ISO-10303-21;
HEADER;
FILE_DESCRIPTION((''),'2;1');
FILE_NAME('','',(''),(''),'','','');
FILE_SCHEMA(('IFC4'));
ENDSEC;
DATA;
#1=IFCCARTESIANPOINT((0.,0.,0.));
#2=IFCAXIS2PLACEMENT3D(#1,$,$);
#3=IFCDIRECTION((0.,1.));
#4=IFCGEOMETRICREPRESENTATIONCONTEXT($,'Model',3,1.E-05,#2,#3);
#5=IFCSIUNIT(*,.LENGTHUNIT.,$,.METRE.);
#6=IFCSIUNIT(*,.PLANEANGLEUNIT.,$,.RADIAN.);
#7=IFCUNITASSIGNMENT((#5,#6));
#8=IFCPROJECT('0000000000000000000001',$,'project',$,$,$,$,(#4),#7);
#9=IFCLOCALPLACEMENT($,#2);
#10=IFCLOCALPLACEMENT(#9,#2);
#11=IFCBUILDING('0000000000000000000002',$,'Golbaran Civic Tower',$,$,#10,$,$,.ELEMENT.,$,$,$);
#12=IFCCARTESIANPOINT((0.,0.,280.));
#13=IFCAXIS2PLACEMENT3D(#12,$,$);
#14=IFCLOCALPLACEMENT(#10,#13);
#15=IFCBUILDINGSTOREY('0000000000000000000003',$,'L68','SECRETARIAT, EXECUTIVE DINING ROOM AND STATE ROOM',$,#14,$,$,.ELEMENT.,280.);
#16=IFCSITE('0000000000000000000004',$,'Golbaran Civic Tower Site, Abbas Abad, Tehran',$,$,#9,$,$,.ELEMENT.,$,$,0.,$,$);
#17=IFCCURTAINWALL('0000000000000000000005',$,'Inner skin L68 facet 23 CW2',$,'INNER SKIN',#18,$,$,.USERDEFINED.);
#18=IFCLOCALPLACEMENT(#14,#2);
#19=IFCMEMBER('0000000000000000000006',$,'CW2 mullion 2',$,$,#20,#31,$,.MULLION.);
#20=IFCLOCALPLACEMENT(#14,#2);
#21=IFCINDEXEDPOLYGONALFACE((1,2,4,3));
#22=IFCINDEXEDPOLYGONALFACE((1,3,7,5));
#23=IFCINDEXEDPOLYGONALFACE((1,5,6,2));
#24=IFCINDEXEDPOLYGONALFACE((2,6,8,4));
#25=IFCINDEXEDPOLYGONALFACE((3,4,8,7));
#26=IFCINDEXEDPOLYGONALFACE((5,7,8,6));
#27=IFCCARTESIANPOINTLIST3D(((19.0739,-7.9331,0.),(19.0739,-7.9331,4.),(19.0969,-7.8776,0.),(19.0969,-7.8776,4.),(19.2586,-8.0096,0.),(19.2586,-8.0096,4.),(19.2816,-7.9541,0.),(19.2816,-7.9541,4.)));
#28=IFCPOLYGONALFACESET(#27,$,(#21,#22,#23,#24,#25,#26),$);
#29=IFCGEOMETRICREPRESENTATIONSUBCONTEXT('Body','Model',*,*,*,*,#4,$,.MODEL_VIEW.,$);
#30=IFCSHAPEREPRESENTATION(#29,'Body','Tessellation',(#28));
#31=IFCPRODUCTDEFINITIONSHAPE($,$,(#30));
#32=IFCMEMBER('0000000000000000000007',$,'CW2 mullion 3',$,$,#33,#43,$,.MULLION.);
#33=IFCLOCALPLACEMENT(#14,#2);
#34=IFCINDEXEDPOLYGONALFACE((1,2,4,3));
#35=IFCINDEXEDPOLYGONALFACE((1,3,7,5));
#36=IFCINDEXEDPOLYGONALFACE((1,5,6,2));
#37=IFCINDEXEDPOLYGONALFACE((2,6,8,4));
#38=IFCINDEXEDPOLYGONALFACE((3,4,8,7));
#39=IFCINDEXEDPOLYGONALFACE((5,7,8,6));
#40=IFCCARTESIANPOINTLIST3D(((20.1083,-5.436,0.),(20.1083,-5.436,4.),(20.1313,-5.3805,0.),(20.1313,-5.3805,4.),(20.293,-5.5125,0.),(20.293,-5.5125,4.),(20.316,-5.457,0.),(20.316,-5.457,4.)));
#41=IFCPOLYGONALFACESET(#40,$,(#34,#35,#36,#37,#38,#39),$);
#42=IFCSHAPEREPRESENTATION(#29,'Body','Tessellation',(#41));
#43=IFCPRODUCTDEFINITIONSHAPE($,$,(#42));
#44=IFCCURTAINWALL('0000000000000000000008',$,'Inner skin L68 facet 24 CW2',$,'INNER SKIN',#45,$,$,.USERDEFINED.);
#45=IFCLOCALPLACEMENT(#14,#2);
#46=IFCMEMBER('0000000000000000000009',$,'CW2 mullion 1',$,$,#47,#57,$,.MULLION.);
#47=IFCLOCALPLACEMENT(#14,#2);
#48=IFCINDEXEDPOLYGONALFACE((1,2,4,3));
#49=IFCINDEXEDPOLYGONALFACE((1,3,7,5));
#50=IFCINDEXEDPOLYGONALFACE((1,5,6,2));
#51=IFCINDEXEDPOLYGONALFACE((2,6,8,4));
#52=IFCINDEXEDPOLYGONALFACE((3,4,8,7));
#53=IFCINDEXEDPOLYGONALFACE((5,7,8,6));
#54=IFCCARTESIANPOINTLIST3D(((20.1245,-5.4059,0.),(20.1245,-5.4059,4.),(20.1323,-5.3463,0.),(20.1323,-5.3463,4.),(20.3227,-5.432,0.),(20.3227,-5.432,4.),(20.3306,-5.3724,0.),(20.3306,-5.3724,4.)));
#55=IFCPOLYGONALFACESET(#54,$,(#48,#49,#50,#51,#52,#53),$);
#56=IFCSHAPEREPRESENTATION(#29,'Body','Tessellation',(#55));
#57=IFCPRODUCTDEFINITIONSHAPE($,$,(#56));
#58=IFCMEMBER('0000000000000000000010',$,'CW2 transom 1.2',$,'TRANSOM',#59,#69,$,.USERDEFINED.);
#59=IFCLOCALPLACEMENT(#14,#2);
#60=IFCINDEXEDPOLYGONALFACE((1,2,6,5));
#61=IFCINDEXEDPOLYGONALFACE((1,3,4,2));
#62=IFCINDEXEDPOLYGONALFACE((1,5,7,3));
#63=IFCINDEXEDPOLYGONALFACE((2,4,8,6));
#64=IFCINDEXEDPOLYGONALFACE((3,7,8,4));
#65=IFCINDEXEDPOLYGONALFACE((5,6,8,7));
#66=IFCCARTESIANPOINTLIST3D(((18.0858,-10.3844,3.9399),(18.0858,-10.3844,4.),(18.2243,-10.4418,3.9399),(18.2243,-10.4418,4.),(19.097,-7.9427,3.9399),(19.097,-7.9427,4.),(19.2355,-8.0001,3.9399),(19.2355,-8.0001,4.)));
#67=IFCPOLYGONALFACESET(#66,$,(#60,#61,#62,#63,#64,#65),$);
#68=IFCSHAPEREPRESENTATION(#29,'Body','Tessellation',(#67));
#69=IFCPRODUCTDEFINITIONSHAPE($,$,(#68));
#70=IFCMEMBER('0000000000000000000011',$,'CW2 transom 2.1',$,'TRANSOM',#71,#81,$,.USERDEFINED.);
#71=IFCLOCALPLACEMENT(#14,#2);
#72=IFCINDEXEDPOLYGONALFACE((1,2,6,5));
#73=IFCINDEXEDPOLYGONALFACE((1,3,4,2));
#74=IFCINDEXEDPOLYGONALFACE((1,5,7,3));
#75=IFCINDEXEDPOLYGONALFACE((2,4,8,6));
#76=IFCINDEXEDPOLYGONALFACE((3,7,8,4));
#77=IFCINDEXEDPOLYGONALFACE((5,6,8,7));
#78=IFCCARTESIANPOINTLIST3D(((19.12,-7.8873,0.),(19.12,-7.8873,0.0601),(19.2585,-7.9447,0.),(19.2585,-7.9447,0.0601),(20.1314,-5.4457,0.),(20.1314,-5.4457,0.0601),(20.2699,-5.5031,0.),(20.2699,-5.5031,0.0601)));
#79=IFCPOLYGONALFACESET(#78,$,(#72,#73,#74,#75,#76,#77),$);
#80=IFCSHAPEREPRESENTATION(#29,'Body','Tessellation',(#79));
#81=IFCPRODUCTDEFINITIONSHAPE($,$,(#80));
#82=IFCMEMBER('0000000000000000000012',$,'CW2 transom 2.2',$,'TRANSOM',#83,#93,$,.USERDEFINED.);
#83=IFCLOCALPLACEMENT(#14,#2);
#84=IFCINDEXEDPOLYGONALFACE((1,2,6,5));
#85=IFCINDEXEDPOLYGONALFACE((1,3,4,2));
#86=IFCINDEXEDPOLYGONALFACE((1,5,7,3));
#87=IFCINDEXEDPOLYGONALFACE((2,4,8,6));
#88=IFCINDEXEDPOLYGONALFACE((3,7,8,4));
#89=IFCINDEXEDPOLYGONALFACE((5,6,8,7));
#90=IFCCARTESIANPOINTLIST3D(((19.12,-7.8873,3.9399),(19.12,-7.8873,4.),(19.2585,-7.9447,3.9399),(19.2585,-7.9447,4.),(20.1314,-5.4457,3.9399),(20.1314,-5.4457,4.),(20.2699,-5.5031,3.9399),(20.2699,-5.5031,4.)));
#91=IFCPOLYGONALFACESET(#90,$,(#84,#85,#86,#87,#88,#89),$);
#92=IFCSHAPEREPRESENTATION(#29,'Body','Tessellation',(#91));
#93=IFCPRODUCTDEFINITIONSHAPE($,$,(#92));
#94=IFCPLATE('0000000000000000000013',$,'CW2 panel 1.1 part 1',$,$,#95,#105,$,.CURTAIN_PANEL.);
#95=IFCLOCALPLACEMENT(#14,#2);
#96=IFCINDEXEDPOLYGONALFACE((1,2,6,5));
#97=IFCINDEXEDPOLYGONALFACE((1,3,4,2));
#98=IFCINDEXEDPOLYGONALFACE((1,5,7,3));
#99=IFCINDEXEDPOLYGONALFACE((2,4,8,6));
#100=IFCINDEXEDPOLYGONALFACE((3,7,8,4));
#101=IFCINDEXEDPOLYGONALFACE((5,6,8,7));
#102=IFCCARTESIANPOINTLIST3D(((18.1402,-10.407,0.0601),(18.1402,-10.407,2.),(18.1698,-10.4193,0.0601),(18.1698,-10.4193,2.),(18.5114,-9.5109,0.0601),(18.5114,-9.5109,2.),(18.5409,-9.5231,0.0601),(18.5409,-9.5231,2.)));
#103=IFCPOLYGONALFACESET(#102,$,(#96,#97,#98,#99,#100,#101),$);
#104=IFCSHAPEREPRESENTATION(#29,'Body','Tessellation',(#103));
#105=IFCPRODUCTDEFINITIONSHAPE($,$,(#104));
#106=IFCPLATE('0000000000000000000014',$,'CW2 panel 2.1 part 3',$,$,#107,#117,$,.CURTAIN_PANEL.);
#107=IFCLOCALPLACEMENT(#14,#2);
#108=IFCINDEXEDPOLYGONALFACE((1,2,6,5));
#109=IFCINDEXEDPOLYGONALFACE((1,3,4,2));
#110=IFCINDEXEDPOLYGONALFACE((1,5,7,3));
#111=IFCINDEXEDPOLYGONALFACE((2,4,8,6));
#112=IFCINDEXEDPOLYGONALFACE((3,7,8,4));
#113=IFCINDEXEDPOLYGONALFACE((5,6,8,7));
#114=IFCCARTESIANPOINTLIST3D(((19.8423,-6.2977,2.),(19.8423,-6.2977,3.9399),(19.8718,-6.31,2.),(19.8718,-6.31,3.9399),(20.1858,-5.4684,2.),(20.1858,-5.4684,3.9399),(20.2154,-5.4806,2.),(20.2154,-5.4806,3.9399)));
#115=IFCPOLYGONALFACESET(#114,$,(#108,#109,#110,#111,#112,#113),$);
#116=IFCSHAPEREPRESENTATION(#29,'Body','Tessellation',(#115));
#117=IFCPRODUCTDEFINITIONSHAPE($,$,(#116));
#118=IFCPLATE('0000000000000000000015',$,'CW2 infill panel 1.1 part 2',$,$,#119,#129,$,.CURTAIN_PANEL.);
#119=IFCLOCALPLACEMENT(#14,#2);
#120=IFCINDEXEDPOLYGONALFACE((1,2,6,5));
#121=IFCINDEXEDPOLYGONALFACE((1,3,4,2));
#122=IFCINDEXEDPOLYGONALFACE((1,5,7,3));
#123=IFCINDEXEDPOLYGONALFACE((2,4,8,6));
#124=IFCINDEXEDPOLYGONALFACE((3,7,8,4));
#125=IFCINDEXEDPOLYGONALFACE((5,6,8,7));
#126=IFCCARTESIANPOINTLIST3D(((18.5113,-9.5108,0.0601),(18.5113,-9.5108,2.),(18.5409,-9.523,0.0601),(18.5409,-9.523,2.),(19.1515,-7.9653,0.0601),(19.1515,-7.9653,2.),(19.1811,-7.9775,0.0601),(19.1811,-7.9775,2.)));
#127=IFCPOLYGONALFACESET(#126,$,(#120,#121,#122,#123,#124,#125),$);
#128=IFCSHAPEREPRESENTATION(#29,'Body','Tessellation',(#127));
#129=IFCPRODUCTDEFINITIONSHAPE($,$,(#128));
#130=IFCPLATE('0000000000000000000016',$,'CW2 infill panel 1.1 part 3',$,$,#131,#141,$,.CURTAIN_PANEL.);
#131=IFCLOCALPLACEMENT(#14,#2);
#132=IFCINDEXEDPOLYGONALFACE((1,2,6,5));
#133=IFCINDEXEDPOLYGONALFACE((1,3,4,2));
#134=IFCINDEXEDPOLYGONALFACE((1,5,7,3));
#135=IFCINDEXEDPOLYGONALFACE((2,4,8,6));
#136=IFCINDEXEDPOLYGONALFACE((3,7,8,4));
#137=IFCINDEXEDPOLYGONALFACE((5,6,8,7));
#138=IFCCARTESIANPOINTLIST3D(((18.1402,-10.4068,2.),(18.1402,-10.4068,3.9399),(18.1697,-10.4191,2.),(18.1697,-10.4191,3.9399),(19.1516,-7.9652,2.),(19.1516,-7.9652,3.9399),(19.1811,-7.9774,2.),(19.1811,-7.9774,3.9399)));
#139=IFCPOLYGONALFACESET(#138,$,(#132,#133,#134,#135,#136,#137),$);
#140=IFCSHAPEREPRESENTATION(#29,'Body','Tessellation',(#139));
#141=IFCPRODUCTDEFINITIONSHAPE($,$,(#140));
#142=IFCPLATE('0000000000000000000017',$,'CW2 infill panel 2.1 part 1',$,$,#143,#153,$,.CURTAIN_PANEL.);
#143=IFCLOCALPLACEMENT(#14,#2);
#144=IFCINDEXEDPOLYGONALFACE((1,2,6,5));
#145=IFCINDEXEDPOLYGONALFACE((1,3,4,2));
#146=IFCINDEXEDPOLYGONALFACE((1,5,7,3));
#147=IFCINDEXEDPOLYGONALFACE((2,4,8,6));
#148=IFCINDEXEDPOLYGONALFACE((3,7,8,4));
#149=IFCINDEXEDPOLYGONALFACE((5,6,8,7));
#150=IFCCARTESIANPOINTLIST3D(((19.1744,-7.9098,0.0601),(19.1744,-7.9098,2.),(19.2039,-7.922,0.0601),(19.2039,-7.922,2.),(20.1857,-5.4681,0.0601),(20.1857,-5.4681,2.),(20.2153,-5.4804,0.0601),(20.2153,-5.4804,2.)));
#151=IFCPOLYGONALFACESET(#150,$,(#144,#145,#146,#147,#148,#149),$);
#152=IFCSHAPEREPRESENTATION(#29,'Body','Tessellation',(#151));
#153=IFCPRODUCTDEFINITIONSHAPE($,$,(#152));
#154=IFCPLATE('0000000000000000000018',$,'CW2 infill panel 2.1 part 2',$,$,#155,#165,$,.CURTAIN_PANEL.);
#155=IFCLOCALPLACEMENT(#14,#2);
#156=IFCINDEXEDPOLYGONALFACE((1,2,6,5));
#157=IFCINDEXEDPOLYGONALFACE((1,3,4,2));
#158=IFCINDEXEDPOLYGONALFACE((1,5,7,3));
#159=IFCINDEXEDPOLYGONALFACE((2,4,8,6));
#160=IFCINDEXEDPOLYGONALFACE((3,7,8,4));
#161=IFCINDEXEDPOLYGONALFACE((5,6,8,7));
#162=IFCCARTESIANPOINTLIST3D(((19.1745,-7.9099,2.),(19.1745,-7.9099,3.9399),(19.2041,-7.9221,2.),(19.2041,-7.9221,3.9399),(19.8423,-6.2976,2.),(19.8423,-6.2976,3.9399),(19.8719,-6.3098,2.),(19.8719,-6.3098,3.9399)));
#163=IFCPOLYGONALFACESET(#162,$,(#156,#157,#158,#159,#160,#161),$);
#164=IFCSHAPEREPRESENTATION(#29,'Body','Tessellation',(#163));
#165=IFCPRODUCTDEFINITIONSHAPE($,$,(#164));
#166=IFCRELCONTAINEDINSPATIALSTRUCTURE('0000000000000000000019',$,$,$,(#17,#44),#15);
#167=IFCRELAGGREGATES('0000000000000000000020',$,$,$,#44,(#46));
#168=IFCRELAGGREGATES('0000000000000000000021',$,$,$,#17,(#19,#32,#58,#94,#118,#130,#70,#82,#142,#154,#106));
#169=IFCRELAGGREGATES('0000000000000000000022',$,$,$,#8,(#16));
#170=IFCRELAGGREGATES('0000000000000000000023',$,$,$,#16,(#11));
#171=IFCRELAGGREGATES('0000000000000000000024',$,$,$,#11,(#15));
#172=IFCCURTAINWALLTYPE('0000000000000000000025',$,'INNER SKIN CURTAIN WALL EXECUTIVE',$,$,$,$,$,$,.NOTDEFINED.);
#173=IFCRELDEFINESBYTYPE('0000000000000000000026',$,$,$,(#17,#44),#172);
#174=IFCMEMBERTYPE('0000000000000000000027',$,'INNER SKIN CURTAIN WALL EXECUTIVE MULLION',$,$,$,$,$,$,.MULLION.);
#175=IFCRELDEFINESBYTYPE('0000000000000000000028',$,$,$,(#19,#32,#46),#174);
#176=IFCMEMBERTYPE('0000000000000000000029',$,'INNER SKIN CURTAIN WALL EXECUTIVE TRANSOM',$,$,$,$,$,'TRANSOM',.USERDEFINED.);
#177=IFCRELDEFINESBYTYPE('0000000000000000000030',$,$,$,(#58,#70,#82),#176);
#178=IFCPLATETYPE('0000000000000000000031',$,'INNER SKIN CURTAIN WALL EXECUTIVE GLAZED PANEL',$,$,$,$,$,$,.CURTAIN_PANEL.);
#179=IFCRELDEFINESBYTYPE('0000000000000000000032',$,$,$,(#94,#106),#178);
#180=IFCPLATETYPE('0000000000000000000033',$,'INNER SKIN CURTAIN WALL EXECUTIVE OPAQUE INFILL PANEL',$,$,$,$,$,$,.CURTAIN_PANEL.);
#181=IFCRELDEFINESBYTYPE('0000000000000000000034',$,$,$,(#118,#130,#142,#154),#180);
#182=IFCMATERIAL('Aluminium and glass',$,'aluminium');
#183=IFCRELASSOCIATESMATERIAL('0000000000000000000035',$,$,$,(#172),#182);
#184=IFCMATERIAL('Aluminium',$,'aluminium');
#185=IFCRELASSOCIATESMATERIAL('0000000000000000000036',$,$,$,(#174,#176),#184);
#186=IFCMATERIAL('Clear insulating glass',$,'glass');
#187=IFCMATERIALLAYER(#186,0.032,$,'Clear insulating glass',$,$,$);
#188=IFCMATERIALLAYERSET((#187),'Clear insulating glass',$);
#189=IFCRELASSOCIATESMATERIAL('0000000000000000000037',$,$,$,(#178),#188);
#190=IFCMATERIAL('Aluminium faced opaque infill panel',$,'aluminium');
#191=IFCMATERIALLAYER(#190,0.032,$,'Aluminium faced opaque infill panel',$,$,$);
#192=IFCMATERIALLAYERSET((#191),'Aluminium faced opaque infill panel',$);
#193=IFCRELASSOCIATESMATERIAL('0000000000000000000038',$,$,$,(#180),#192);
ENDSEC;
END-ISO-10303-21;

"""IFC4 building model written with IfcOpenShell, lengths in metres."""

from ifc_helpers import new_model, si_unit, direction, frame, origin, origin_2d, place, context, subcontext, project, spatial, rectangle, extrude, material, layer, layer_set, material_profile, profile_set, type_object, element, aggregate, save


model = new_model("IFC4")

# Units and contexts
model_context = context("Model", 3, precision=1e-05, world=origin(), true_north=direction((0.0, 1.0)))
body_context = subcontext(model_context, "Body", "Model", "MODEL_VIEW")
ifc_project = project(units=[si_unit("LENGTHUNIT", "METRE"), si_unit("PLANEANGLEUNIT", "RADIAN")], contexts=[model_context])

# Site, building, storey
site_placement = place(None, origin())
site = spatial("IfcSite", under=ifc_project, at=site_placement, Name="Golbaran Civic Tower Site, Abbas Abad, Tehran", CompositionType="ELEMENT", RefElevation=0.0)
building_placement = place(site_placement, origin())
building = spatial("IfcBuilding", under=site, at=building_placement, Name="Golbaran Civic Tower", CompositionType="ELEMENT")
storey_placement = place(building_placement, frame((0.0, 0.0, 280.0)))
storey = spatial("IfcBuildingStorey", under=building, at=storey_placement, Name="L68", Description="SECRETARIAT, EXECUTIVE DINING ROOM AND STATE ROOM", CompositionType="ELEMENT", Elevation=280.0)

# Curtain wall, members
ifc_material_1 = material(Name="Aluminium and glass", Category="aluminium")
curtain_wall_type = type_object("IfcCurtainWallType", Name="INNER SKIN CURTAIN WALL EXECUTIVE", PredefinedType="NOTDEFINED", material=ifc_material_1)
curtain_wall_1_placement = place(storey_placement, origin())
curtain_wall_1 = element("IfcCurtainWall", 1, at=curtain_wall_1_placement, inside=storey, type_object=curtain_wall_type, Name="Inner skin L68 facet 23 CW2", ObjectType="INNER SKIN", PredefinedType="USERDEFINED")
ifc_material_2 = material(Name="Aluminium", Category="aluminium")
ifc_material_profile_1 = material_profile(ifc_material_2, rectangle(XDim=0.2, YDim=0.0601, at=origin_2d()), Name="INNER SKIN CURTAIN WALL EXECUTIVE MULLION")
ifc_profile_set_1 = profile_set([ifc_material_profile_1], Name="Aluminium")
member_type_1 = type_object("IfcMemberType", Name="INNER SKIN CURTAIN WALL EXECUTIVE MULLION", PredefinedType="MULLION", material=ifc_profile_set_1)
member_1_placement = place(storey_placement, frame((19.1777, -7.9436, 0.0), z_axis=(0.0, 0.0, 1.0), x_axis=(-0.92388, 0.382683, 0.0)))
member_1 = element("IfcMember", 2, at=member_1_placement, type_object=member_type_1, Name="CW2 mullion 2", PredefinedType="MULLION", context=body_context, shape_type="SweptSolid", body=[
    extrude(rectangle(XDim=0.2, YDim=0.0601, at=origin_2d()), origin(), (0.0, 0.0, 1.0), 4.0),
])
member_2_placement = place(storey_placement, frame((20.2122, -5.4465, 0.0), z_axis=(0.0, 0.0, 1.0), x_axis=(-0.92388, 0.382683, 0.0)))
member_2 = element("IfcMember", 3, at=member_2_placement, type_object=member_type_1, Name="CW2 mullion 3", PredefinedType="MULLION", context=body_context, shape_type="SweptSolid", body=[
    extrude(rectangle(XDim=0.2, YDim=0.0601, at=origin_2d()), origin(), (0.0, 0.0, 1.0), 4.0),
])

# Curtain wall, member
curtain_wall_2_placement = place(storey_placement, origin())
curtain_wall_2 = element("IfcCurtainWall", 4, at=curtain_wall_2_placement, inside=storey, type_object=curtain_wall_type, Name="Inner skin L68 facet 24 CW2", ObjectType="INNER SKIN", PredefinedType="USERDEFINED")
member_3_placement = place(storey_placement, frame((20.2275, -5.3892, 0.0), z_axis=(0.0, 0.0, 1.0), x_axis=(-0.991445, 0.130526, 0.0)))
member_3 = element("IfcMember", 5, at=member_3_placement, type_object=member_type_1, Name="CW2 mullion 1", PredefinedType="MULLION", context=body_context, shape_type="SweptSolid", body=[
    extrude(rectangle(XDim=0.2, YDim=0.0601, at=origin_2d()), origin(), (0.0, 0.0, 1.0), 4.0),
])
aggregate(curtain_wall_2, [member_3])

# Members
ifc_material_profile_2 = material_profile(ifc_material_2, rectangle(XDim=0.1499, YDim=0.0601, at=origin_2d()), Name="INNER SKIN CURTAIN WALL EXECUTIVE TRANSOM")
ifc_profile_set_2 = profile_set([ifc_material_profile_2], Name="Aluminium")
member_type_2 = type_object("IfcMemberType", Name="INNER SKIN CURTAIN WALL EXECUTIVE TRANSOM", ElementType="TRANSOM", PredefinedType="USERDEFINED", material=ifc_profile_set_2)
member_4_placement = place(storey_placement, frame((18.155, -10.4131, 3.97), z_axis=(0.38264, 0.923897, 0.0), x_axis=(-0.923897, 0.38264, 0.0)))
member_4 = element("IfcMember", 6, at=member_4_placement, type_object=member_type_2, Name="CW2 transom 1.2", ObjectType="TRANSOM", PredefinedType="USERDEFINED", context=body_context, shape_type="SweptSolid", body=[
    extrude(rectangle(XDim=0.1499, YDim=0.0601, at=origin_2d()), origin(), (0.0, 0.0, 1.0), 2.6428),
])
member_5_placement = place(storey_placement, frame((19.1892, -7.916, 0.03), z_axis=(0.382719, 0.923865, 0.0), x_axis=(-0.923865, 0.382719, 0.0)))
member_5 = element("IfcMember", 7, at=member_5_placement, type_object=member_type_2, Name="CW2 transom 2.1", ObjectType="TRANSOM", PredefinedType="USERDEFINED", context=body_context, shape_type="SweptSolid", body=[
    extrude(rectangle(XDim=0.1499, YDim=0.0601, at=origin_2d()), origin(), (0.0, 0.0, 1.0), 2.6428),
])
member_6_placement = place(storey_placement, frame((19.1892, -7.916, 3.97), z_axis=(0.382719, 0.923865, 0.0), x_axis=(-0.923865, 0.382719, 0.0)))
member_6 = element("IfcMember", 8, at=member_6_placement, type_object=member_type_2, Name="CW2 transom 2.2", ObjectType="TRANSOM", PredefinedType="USERDEFINED", context=body_context, shape_type="SweptSolid", body=[
    extrude(rectangle(XDim=0.1499, YDim=0.0601, at=origin_2d()), origin(), (0.0, 0.0, 1.0), 2.6428),
])

# Plates
ifc_material_3 = material(Name="Clear insulating glass", Category="glass")
ifc_layer_1 = layer(ifc_material_3, 0.032, Name="Clear insulating glass")
ifc_layer_set_1 = layer_set([ifc_layer_1], Name="Clear insulating glass")
plate_type_1 = type_object("IfcPlateType", Name="INNER SKIN CURTAIN WALL EXECUTIVE GLAZED PANEL", PredefinedType="CURTAIN_PANEL", material=ifc_layer_set_1)
plate_1_placement = place(storey_placement, frame((18.3406, -9.9651, 0.0601), z_axis=(0.0, 0.0, 1.0), x_axis=(0.382683, 0.92388, 0.0)))
plate_1 = element("IfcPlate", 9, at=plate_1_placement, type_object=plate_type_1, Name="CW2 panel 1.1 part 1", PredefinedType="CURTAIN_PANEL", context=body_context, shape_type="SweptSolid", body=[
    extrude(rectangle(XDim=0.97, YDim=0.032, at=origin_2d()), origin(), (0.0, 0.0, 1.0), 1.9399),
])
plate_2_placement = place(storey_placement, frame((20.0288, -5.8892, 2.0), z_axis=(0.0, 0.0, 1.0), x_axis=(0.382683, 0.92388, 0.0)))
plate_2 = element("IfcPlate", 10, at=plate_2_placement, type_object=plate_type_1, Name="CW2 panel 2.1 part 3", PredefinedType="CURTAIN_PANEL", context=body_context, shape_type="SweptSolid", body=[
    extrude(rectangle(XDim=0.8977, YDim=0.032, at=origin_2d()), origin(), (0.0, 0.0, 1.0), 1.9399),
])
ifc_material_4 = material(Name="Aluminium faced opaque infill panel", Category="aluminium")
ifc_layer_2 = layer(ifc_material_4, 0.032, Name="Aluminium faced opaque infill panel")
ifc_layer_set_2 = layer_set([ifc_layer_2], Name="Aluminium faced opaque infill panel")
plate_type_2 = type_object("IfcPlateType", Name="INNER SKIN CURTAIN WALL EXECUTIVE OPAQUE INFILL PANEL", PredefinedType="CURTAIN_PANEL", material=ifc_layer_set_2)
plate_3_placement = place(storey_placement, frame((18.8462, -8.7441, 0.0601), z_axis=(0.0, 0.0, 1.0), x_axis=(0.382683, 0.92388, 0.0)))
plate_3 = element("IfcPlate", 11, at=plate_3_placement, type_object=plate_type_2, Name="CW2 infill panel 1.1 part 2", PredefinedType="CURTAIN_PANEL", context=body_context, shape_type="SweptSolid", body=[
    extrude(rectangle(XDim=1.6729, YDim=0.032, at=origin_2d()), origin(), (0.0, 0.0, 1.0), 1.9399),
])
plate_4_placement = place(storey_placement, frame((18.6606, -9.1921, 2.0), z_axis=(0.0, 0.0, 1.0), x_axis=(0.382683, 0.92388, 0.0)))
plate_4 = element("IfcPlate", 12, at=plate_4_placement, type_object=plate_type_2, Name="CW2 infill panel 1.1 part 3", PredefinedType="CURTAIN_PANEL", context=body_context, shape_type="SweptSolid", body=[
    extrude(rectangle(XDim=2.6428, YDim=0.032, at=origin_2d()), origin(), (0.0, 0.0, 1.0), 1.9399),
])
plate_5_placement = place(storey_placement, frame((19.6948, -6.6951, 0.0601), z_axis=(0.0, 0.0, 1.0), x_axis=(0.382683, 0.92388, 0.0)))
plate_5 = element("IfcPlate", 13, at=plate_5_placement, type_object=plate_type_2, Name="CW2 infill panel 2.1 part 1", PredefinedType="CURTAIN_PANEL", context=body_context, shape_type="SweptSolid", body=[
    extrude(rectangle(XDim=2.6428, YDim=0.032, at=origin_2d()), origin(), (0.0, 0.0, 1.0), 1.9399),
])
plate_6_placement = place(storey_placement, frame((19.5232, -7.1099, 2.0), z_axis=(0.0, 0.0, 1.0), x_axis=(0.382683, 0.92388, 0.0)))
plate_6 = element("IfcPlate", 14, at=plate_6_placement, type_object=plate_type_2, Name="CW2 infill panel 2.1 part 2", PredefinedType="CURTAIN_PANEL", context=body_context, shape_type="SweptSolid", body=[
    extrude(rectangle(XDim=1.7451, YDim=0.032, at=origin_2d()), origin(), (0.0, 0.0, 1.0), 1.9399),
])
aggregate(curtain_wall_1, [member_1, member_2, member_4, plate_1, plate_3, plate_4, member_5, member_6, plate_5, plate_6, plate_2])

save(model, "model.ifc")
